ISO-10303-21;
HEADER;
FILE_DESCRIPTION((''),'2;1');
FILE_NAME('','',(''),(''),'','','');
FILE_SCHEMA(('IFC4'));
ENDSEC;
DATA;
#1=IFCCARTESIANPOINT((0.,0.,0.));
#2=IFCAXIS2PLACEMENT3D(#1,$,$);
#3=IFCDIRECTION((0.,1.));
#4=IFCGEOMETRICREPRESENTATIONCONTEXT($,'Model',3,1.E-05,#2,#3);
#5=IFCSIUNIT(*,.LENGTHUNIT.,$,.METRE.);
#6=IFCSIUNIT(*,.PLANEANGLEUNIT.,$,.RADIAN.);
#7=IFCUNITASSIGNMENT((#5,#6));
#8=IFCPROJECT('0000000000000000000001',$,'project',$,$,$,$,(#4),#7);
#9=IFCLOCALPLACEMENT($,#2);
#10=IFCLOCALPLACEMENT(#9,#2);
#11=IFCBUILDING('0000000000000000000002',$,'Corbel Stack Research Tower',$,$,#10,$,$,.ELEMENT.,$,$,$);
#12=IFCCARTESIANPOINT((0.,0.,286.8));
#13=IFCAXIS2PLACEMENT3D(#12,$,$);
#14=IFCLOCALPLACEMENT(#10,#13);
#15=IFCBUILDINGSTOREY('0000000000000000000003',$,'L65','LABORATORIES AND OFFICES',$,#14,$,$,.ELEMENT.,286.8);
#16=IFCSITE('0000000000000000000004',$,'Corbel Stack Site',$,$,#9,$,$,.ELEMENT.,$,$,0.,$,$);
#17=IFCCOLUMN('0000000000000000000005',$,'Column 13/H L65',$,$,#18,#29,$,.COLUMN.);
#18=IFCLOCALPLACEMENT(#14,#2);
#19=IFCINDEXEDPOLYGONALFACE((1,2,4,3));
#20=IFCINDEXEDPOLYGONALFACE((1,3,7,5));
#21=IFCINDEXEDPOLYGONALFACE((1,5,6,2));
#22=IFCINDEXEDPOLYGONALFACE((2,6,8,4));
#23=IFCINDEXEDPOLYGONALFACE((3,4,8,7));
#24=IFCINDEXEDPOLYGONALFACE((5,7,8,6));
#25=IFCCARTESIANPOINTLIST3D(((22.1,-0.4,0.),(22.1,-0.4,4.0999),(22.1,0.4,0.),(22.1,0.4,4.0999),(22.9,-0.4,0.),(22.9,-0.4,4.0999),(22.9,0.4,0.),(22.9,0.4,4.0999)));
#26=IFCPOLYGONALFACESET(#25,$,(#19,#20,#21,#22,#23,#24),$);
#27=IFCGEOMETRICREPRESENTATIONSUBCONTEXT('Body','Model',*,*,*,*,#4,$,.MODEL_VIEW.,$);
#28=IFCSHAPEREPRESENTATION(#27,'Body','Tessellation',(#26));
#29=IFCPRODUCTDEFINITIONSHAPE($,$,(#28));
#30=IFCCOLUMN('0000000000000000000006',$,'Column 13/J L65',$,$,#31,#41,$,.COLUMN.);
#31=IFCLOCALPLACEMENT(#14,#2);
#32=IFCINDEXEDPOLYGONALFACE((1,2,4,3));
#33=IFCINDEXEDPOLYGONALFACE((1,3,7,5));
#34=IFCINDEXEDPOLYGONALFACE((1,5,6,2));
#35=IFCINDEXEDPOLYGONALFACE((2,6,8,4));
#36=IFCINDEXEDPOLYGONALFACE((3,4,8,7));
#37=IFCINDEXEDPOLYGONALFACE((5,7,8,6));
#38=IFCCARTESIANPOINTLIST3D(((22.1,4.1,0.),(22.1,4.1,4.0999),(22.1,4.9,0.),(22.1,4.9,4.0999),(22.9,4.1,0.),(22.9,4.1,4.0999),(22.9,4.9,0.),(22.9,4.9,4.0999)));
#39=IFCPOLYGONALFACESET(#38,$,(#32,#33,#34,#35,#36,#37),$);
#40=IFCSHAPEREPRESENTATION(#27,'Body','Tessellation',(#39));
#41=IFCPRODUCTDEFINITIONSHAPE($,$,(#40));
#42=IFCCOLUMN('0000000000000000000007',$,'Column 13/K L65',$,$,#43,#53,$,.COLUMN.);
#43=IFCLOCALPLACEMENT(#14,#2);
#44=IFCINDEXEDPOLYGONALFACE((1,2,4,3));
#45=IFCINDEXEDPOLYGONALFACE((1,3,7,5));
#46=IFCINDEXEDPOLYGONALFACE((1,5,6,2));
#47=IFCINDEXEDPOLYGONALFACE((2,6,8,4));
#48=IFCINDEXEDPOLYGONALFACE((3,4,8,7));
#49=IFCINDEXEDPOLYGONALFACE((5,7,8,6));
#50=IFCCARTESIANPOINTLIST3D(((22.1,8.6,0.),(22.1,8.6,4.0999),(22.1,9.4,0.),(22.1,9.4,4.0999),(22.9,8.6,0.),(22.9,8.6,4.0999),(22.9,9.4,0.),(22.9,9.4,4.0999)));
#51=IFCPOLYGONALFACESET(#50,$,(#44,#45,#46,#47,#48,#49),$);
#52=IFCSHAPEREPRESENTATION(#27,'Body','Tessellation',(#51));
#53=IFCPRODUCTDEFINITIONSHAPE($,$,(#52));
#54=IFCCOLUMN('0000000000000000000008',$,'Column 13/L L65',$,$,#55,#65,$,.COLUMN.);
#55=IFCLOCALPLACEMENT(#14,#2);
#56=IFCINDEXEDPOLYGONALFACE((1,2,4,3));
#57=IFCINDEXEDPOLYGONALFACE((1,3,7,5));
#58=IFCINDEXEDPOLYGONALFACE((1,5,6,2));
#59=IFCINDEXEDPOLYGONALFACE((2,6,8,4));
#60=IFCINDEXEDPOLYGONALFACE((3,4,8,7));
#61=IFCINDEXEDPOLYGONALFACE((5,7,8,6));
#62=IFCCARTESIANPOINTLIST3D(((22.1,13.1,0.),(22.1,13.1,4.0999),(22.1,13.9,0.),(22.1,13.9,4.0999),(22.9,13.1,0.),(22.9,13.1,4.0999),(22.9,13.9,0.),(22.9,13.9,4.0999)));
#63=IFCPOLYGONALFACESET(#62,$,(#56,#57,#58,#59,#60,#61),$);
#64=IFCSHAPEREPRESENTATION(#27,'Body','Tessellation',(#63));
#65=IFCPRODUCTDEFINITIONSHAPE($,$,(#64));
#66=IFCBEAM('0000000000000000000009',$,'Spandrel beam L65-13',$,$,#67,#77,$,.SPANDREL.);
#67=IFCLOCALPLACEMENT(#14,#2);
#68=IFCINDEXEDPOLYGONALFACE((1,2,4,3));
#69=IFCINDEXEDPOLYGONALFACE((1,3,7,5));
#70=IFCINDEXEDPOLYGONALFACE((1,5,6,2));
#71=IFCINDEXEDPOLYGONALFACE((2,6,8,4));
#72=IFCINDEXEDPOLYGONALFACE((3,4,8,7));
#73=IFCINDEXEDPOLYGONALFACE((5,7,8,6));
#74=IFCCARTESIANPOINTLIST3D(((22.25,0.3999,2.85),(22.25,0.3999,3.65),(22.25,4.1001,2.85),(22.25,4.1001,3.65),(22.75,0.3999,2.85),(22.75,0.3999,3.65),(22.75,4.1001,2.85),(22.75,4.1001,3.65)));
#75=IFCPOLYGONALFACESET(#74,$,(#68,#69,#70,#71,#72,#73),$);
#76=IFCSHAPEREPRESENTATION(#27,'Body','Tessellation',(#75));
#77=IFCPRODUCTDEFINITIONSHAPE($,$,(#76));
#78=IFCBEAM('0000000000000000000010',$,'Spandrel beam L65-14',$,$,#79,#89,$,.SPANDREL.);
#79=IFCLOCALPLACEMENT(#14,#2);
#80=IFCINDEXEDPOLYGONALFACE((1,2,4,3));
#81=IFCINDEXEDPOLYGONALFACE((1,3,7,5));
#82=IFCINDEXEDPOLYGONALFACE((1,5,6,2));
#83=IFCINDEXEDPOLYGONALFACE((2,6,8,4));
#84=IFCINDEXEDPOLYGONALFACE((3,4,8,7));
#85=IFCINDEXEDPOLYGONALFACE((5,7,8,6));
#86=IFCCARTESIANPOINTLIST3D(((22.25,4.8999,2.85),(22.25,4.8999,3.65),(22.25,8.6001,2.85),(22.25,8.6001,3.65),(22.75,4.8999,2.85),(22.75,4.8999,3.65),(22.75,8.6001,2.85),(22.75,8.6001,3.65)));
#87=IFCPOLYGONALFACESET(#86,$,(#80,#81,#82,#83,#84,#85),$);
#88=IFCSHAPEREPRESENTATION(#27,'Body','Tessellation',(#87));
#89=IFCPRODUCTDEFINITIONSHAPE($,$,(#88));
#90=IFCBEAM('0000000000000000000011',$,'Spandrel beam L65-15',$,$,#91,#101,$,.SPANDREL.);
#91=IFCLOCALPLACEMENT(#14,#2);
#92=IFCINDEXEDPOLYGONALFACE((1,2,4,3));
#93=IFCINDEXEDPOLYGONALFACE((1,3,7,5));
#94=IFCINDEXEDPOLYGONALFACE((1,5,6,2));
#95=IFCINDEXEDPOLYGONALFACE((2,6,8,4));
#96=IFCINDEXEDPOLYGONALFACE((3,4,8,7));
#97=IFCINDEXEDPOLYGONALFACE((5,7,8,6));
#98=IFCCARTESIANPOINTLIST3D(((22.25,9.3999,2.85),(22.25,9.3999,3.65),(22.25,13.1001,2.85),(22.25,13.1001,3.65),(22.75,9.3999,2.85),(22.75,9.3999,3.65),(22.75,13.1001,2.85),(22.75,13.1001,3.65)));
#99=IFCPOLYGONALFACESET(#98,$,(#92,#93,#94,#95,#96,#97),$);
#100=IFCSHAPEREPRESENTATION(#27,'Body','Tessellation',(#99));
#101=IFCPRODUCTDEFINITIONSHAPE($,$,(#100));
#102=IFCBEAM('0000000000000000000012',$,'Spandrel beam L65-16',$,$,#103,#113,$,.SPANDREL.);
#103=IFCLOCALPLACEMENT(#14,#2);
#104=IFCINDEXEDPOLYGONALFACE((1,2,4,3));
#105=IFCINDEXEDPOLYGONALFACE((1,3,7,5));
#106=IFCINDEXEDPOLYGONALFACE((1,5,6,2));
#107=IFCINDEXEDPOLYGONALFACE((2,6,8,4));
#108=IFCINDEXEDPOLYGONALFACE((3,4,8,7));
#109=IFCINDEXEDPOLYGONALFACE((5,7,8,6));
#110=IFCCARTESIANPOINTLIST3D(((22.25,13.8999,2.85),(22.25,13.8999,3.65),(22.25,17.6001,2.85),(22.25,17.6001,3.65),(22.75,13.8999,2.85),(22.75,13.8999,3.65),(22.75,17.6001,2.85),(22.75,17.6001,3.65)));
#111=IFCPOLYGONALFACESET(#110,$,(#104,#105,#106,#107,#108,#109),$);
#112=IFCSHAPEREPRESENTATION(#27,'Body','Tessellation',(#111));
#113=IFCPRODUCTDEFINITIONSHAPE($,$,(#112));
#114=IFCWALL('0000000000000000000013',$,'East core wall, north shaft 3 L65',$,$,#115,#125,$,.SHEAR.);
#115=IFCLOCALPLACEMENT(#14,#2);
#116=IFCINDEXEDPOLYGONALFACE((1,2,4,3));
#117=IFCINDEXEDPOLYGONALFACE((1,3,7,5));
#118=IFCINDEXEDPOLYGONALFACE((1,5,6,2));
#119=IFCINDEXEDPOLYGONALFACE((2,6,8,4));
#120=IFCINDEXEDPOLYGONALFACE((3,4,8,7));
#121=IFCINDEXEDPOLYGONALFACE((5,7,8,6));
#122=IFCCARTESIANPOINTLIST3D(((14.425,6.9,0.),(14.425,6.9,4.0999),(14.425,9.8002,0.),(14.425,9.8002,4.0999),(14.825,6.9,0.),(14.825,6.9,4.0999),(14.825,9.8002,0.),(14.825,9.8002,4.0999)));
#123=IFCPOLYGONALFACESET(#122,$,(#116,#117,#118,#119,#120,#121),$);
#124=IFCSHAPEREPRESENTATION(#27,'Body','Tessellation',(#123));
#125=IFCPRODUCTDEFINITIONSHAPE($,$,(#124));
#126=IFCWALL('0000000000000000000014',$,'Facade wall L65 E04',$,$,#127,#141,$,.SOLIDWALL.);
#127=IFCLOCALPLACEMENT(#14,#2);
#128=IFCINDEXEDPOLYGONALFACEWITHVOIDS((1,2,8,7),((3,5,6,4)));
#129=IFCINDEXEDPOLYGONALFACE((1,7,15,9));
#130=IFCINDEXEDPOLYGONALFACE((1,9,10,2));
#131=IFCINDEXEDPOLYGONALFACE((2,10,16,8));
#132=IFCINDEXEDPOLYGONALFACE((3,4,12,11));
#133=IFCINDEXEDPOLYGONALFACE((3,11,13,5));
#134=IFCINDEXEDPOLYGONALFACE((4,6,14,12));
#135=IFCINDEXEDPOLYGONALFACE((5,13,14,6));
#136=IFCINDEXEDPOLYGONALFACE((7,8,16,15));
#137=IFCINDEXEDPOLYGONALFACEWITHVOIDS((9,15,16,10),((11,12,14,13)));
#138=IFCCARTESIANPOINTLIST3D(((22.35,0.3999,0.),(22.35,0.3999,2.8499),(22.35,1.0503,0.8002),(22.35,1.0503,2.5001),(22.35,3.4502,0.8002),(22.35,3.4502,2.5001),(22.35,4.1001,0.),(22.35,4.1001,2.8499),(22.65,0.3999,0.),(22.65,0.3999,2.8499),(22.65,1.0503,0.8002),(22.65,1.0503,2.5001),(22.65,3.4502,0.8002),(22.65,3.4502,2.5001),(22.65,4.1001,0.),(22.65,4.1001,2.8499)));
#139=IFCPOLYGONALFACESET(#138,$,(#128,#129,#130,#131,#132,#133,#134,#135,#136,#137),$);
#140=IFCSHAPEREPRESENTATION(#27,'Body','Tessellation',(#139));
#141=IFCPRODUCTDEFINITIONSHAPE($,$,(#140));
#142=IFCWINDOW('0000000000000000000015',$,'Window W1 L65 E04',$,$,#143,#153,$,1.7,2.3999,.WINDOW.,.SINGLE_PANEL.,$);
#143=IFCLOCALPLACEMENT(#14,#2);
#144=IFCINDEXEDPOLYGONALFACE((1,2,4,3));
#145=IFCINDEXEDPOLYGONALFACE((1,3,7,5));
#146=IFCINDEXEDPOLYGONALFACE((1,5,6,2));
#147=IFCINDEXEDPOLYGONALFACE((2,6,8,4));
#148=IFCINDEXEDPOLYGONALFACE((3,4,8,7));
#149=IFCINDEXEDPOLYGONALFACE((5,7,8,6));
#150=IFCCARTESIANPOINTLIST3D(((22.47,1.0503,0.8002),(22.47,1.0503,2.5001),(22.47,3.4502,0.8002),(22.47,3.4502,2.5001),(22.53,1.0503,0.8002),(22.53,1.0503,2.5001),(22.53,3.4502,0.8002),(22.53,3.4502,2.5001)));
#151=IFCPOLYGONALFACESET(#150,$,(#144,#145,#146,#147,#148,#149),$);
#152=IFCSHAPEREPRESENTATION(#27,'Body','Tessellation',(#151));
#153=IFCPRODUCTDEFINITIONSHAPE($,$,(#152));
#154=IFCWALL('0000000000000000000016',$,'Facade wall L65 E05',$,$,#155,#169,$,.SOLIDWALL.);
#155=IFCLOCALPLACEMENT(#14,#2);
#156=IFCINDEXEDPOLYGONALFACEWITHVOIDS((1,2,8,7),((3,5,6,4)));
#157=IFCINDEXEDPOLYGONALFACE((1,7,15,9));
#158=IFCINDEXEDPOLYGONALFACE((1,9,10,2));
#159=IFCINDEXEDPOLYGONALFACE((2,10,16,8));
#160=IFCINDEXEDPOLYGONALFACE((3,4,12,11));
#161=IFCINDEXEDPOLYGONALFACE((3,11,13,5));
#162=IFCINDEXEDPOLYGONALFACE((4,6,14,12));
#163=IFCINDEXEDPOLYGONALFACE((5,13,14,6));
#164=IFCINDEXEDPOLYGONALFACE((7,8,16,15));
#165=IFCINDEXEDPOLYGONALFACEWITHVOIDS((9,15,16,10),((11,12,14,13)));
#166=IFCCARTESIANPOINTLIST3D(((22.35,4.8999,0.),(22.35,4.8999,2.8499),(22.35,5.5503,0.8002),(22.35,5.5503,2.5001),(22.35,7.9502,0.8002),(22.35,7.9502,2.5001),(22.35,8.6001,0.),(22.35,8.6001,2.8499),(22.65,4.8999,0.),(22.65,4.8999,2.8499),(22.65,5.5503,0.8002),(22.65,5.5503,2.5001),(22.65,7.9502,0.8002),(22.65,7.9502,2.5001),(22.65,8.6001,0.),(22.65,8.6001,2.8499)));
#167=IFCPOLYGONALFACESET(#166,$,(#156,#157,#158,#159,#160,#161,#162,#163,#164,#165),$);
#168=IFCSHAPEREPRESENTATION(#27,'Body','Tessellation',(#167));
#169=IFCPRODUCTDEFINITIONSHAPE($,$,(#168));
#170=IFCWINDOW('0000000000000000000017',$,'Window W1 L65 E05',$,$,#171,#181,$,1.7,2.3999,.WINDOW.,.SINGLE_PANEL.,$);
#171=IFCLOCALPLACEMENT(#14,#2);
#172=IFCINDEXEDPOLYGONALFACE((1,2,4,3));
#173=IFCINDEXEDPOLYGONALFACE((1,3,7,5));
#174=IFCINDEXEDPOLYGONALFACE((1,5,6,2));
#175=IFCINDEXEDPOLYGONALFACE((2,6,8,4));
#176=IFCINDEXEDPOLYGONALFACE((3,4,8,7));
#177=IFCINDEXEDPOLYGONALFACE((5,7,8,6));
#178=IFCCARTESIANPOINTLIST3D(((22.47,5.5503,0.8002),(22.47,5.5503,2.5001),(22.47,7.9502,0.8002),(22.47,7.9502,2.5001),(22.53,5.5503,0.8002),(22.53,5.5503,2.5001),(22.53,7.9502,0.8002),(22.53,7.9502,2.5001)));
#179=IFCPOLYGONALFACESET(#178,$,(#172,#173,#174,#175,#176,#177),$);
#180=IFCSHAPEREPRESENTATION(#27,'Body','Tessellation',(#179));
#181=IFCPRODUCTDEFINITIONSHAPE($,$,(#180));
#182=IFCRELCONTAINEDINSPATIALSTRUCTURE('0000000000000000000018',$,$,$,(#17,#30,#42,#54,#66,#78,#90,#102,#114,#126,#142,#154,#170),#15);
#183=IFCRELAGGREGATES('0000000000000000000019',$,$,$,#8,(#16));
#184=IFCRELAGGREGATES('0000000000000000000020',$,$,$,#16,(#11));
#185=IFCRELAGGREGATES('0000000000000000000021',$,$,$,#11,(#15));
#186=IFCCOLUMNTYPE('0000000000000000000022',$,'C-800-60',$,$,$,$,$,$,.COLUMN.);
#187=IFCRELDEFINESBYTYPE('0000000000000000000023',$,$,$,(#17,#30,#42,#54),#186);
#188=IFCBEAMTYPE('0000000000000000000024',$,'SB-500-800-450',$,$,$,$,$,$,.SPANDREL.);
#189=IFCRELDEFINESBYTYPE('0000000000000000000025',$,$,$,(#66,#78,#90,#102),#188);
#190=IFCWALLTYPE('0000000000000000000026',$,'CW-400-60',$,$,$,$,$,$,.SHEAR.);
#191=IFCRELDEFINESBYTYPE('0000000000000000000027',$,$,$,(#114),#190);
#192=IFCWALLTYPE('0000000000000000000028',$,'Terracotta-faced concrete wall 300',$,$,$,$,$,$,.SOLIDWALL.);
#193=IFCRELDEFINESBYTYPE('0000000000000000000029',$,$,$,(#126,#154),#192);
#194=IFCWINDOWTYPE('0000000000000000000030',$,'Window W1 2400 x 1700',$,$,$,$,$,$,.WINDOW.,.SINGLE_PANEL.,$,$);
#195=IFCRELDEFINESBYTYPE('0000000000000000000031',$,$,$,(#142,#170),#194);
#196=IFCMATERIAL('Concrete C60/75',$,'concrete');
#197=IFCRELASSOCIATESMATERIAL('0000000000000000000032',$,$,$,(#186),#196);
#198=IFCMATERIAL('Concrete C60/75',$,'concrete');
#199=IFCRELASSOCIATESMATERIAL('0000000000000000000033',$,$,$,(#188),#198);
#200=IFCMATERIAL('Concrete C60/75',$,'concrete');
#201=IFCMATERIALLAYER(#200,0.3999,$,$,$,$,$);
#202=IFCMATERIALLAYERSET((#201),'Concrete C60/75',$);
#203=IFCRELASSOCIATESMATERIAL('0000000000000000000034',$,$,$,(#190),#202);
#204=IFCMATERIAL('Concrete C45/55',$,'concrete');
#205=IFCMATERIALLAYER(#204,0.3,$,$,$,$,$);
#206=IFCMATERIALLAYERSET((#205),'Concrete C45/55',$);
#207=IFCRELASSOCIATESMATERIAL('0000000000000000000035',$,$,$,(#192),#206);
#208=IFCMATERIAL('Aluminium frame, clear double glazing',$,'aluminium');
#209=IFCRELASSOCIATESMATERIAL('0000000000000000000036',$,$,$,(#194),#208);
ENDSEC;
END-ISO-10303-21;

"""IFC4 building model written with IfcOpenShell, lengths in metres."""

from ifc_helpers import new_model, si_unit, direction, frame, frame_2d, origin, origin_2d, place, context, subcontext, project, spatial, rectangle, extrude, material, layer, layer_set, material_profile, profile_set, type_object, element, fill, save


model = new_model("IFC4")

# Units and contexts
model_context = context("Model", 3, precision=1e-05, world=origin(), true_north=direction((0.0, 1.0)))
body_context = subcontext(model_context, "Body", "Model", "MODEL_VIEW")
ifc_project = project(units=[si_unit("LENGTHUNIT", "METRE"), si_unit("PLANEANGLEUNIT", "RADIAN")], contexts=[model_context])

# Site, building, storey
site_placement = place(None, origin())
site = spatial("IfcSite", under=ifc_project, at=site_placement, Name="Corbel Stack Site", CompositionType="ELEMENT", RefElevation=0.0)
building_placement = place(site_placement, origin())
building = spatial("IfcBuilding", under=site, at=building_placement, Name="Corbel Stack Research Tower", CompositionType="ELEMENT")
storey_placement = place(building_placement, frame((0.0, 0.0, 286.8)))
storey = spatial("IfcBuildingStorey", under=building, at=storey_placement, Name="L65", Description="LABORATORIES AND OFFICES", CompositionType="ELEMENT", Elevation=286.8)

# Columns
ifc_material_1 = material(Name="Concrete C60/75", Category="concrete")
ifc_material_profile_1 = material_profile(ifc_material_1, rectangle(XDim=0.8, YDim=0.8, at=origin_2d()), Name="RC 800 x 800")
ifc_profile_set_1 = profile_set([ifc_material_profile_1], Name="Concrete C60/75")
column_type = type_object("IfcColumnType", Name="C-800-60", PredefinedType="COLUMN", material=ifc_profile_set_1)
for number, where, z_axis, x_axis, name in (
    (1, (22.5, 0.0, 0.0), (0.0, 0.0, 1.0), (1.0, 0.0, 0.0), "Column 13/H L65"),
    (2, (22.5, 4.5, 0.0), (0.0, 0.0, 1.0), (1.0, 0.0, 0.0), "Column 13/J L65"),
    (3, (22.5, 9.0, 0.0), (0.0, 0.0, 1.0), (1.0, 0.0, 0.0), "Column 13/K L65"),
    (4, (22.5, 13.5, 0.0), (0.0, 0.0, 1.0), (1.0, 0.0, 0.0), "Column 13/L L65"),
):
    element("IfcColumn", number, at=place(storey_placement, frame(where, z_axis=z_axis, x_axis=x_axis)), inside=storey, type_object=column_type, Name=name, PredefinedType="COLUMN", context=body_context, shape_type="SweptSolid", body=[
        extrude(rectangle(XDim=0.8, YDim=0.8, at=origin_2d()), origin(), (0.0, 0.0, 1.0), 4.0999),
    ])

# Beams
ifc_material_2 = material(Name="Concrete C60/75", Category="concrete")
ifc_material_profile_2 = material_profile(ifc_material_2, rectangle(XDim=0.5, YDim=0.8, at=origin_2d()), Name="RC 500 x 800")
ifc_profile_set_2 = profile_set([ifc_material_profile_2], Name="Concrete C60/75")
beam_type = type_object("IfcBeamType", Name="SB-500-800-450", PredefinedType="SPANDREL", material=ifc_profile_set_2)
for number, where, z_axis, x_axis, name in (
    (5, (22.5, 0.3999, 3.25), (0.0, 1.0, 0.0), (-1.0, 0.0, 0.0), "Spandrel beam L65-13"),
    (6, (22.5, 4.8999, 3.25), (0.0, 1.0, 0.0), (-1.0, 0.0, 0.0), "Spandrel beam L65-14"),
    (7, (22.5, 9.3999, 3.25), (0.0, 1.0, 0.0), (-1.0, 0.0, 0.0), "Spandrel beam L65-15"),
    (8, (22.5, 13.8999, 3.25), (0.0, 1.0, 0.0), (-1.0, 0.0, 0.0), "Spandrel beam L65-16"),
):
    element("IfcBeam", number, at=place(storey_placement, frame(where, z_axis=z_axis, x_axis=x_axis)), inside=storey, type_object=beam_type, Name=name, PredefinedType="SPANDREL", context=body_context, shape_type="SweptSolid", body=[
        extrude(rectangle(XDim=0.5, YDim=0.8, at=origin_2d()), origin(), (0.0, 0.0, 1.0), 3.7002),
    ])

# Wall
ifc_material_3 = material(Name="Concrete C60/75", Category="concrete")
ifc_layer_1 = layer(ifc_material_3, 0.3999)
ifc_layer_set_1 = layer_set([ifc_layer_1], Name="Concrete C60/75")
wall_type_1 = type_object("IfcWallType", Name="CW-400-60", PredefinedType="SHEAR", material=ifc_layer_set_1)
wall_1_placement = place(storey_placement, frame((14.625, 6.8999, 0.0), z_axis=(0.0, 0.0, 1.0), x_axis=(0.0, 1.0, 0.0)))
element("IfcWall", 9, at=wall_1_placement, inside=storey, type_object=wall_type_1, Name="East core wall, north shaft 3 L65", PredefinedType="SHEAR", context=body_context, shape_type="SweptSolid", body=[
    extrude(rectangle(XDim=2.9001, YDim=0.3999, at=frame_2d((1.4502, 0.0))), origin(), (0.0, 0.0, 1.0), 4.0999),
])

# Walls, openings, windows
ifc_material_4 = material(Name="Concrete C45/55", Category="concrete")
ifc_layer_2 = layer(ifc_material_4, 0.3)
ifc_layer_set_2 = layer_set([ifc_layer_2], Name="Concrete C45/55")
wall_type_2 = type_object("IfcWallType", Name="Terracotta-faced concrete wall 300", PredefinedType="SOLIDWALL", material=ifc_layer_set_2)
wall_2_placement = place(storey_placement, frame((22.5, 4.1001, 0.0), z_axis=(0.0, 0.0, 1.0), x_axis=(0.0, -1.0, 0.0)))
wall_2 = element("IfcWall", 10, at=wall_2_placement, inside=storey, type_object=wall_type_2, Name="Facade wall L65 E04", PredefinedType="SOLIDWALL", context=body_context, shape_type="SweptSolid", body=[
    extrude(rectangle(XDim=3.7002, YDim=0.3, at=frame_2d((1.8501, 0.0))), origin(), (0.0, 0.0, 1.0), 2.8499),
])
opening_1_placement = place(wall_2_placement, frame((0.6499, 0.0, 0.8)))
opening_1 = element("IfcOpeningElement", 11, at=opening_1_placement, cuts=wall_2, PredefinedType="OPENING", context=body_context, shape_type="SweptSolid", body=[
    extrude(rectangle(XDim=2.3999, YDim=1.7, at=frame_2d((1.2, 0.8501))), frame((0.0, 0.1599, 0.0), z_axis=(0.0, -1.0, 0.0), x_axis=(1.0, 0.0, 0.0)), (0.0, 0.0, 1.0), 0.3201),
])
ifc_material_5 = material(Name="Aluminium frame, clear double glazing", Category="aluminium")
window_type = type_object("IfcWindowType", Name="Window W1 2400 x 1700", PartitioningType="SINGLE_PANEL", PredefinedType="WINDOW", material=ifc_material_5)
window_1_placement = place(opening_1_placement, origin())
window_1 = element("IfcWindow", 12, at=window_1_placement, inside=storey, type_object=window_type, Name="Window W1 L65 E04", OverallHeight=1.7, OverallWidth=2.3999, PartitioningType="SINGLE_PANEL", PredefinedType="WINDOW", context=body_context, shape_type="SweptSolid", body=[
    extrude(rectangle(XDim=2.3999, YDim=1.7, at=frame_2d((1.2, 0.8501))), frame((0.0, 0.03, 0.0), z_axis=(0.0, -1.0, 0.0), x_axis=(1.0, 0.0, 0.0)), (0.0, 0.0, 1.0), 0.0601),
])
fill(opening_1, window_1)
wall_3_placement = place(storey_placement, frame((22.5, 8.6001, 0.0), z_axis=(0.0, 0.0, 1.0), x_axis=(0.0, -1.0, 0.0)))
wall_3 = element("IfcWall", 13, at=wall_3_placement, inside=storey, type_object=wall_type_2, Name="Facade wall L65 E05", PredefinedType="SOLIDWALL", context=body_context, shape_type="SweptSolid", body=[
    extrude(rectangle(XDim=3.7002, YDim=0.3, at=frame_2d((1.8501, 0.0))), origin(), (0.0, 0.0, 1.0), 2.8499),
])
opening_2_placement = place(wall_3_placement, frame((0.6499, 0.0, 0.8)))
opening_2 = element("IfcOpeningElement", 14, at=opening_2_placement, cuts=wall_3, PredefinedType="OPENING", context=body_context, shape_type="SweptSolid", body=[
    extrude(rectangle(XDim=2.3999, YDim=1.7, at=frame_2d((1.2, 0.8501))), frame((0.0, 0.1599, 0.0), z_axis=(0.0, -1.0, 0.0), x_axis=(1.0, 0.0, 0.0)), (0.0, 0.0, 1.0), 0.3201),
])
window_2_placement = place(opening_2_placement, origin())
window_2 = element("IfcWindow", 15, at=window_2_placement, inside=storey, type_object=window_type, Name="Window W1 L65 E05", OverallHeight=1.7, OverallWidth=2.3999, PartitioningType="SINGLE_PANEL", PredefinedType="WINDOW", context=body_context, shape_type="SweptSolid", body=[
    extrude(rectangle(XDim=2.3999, YDim=1.7, at=frame_2d((1.2, 0.8501))), frame((0.0, 0.03, 0.0), z_axis=(0.0, -1.0, 0.0), x_axis=(1.0, 0.0, 0.0)), (0.0, 0.0, 1.0), 0.0601),
])
fill(opening_2, window_2)

save(model, "model.ifc")
